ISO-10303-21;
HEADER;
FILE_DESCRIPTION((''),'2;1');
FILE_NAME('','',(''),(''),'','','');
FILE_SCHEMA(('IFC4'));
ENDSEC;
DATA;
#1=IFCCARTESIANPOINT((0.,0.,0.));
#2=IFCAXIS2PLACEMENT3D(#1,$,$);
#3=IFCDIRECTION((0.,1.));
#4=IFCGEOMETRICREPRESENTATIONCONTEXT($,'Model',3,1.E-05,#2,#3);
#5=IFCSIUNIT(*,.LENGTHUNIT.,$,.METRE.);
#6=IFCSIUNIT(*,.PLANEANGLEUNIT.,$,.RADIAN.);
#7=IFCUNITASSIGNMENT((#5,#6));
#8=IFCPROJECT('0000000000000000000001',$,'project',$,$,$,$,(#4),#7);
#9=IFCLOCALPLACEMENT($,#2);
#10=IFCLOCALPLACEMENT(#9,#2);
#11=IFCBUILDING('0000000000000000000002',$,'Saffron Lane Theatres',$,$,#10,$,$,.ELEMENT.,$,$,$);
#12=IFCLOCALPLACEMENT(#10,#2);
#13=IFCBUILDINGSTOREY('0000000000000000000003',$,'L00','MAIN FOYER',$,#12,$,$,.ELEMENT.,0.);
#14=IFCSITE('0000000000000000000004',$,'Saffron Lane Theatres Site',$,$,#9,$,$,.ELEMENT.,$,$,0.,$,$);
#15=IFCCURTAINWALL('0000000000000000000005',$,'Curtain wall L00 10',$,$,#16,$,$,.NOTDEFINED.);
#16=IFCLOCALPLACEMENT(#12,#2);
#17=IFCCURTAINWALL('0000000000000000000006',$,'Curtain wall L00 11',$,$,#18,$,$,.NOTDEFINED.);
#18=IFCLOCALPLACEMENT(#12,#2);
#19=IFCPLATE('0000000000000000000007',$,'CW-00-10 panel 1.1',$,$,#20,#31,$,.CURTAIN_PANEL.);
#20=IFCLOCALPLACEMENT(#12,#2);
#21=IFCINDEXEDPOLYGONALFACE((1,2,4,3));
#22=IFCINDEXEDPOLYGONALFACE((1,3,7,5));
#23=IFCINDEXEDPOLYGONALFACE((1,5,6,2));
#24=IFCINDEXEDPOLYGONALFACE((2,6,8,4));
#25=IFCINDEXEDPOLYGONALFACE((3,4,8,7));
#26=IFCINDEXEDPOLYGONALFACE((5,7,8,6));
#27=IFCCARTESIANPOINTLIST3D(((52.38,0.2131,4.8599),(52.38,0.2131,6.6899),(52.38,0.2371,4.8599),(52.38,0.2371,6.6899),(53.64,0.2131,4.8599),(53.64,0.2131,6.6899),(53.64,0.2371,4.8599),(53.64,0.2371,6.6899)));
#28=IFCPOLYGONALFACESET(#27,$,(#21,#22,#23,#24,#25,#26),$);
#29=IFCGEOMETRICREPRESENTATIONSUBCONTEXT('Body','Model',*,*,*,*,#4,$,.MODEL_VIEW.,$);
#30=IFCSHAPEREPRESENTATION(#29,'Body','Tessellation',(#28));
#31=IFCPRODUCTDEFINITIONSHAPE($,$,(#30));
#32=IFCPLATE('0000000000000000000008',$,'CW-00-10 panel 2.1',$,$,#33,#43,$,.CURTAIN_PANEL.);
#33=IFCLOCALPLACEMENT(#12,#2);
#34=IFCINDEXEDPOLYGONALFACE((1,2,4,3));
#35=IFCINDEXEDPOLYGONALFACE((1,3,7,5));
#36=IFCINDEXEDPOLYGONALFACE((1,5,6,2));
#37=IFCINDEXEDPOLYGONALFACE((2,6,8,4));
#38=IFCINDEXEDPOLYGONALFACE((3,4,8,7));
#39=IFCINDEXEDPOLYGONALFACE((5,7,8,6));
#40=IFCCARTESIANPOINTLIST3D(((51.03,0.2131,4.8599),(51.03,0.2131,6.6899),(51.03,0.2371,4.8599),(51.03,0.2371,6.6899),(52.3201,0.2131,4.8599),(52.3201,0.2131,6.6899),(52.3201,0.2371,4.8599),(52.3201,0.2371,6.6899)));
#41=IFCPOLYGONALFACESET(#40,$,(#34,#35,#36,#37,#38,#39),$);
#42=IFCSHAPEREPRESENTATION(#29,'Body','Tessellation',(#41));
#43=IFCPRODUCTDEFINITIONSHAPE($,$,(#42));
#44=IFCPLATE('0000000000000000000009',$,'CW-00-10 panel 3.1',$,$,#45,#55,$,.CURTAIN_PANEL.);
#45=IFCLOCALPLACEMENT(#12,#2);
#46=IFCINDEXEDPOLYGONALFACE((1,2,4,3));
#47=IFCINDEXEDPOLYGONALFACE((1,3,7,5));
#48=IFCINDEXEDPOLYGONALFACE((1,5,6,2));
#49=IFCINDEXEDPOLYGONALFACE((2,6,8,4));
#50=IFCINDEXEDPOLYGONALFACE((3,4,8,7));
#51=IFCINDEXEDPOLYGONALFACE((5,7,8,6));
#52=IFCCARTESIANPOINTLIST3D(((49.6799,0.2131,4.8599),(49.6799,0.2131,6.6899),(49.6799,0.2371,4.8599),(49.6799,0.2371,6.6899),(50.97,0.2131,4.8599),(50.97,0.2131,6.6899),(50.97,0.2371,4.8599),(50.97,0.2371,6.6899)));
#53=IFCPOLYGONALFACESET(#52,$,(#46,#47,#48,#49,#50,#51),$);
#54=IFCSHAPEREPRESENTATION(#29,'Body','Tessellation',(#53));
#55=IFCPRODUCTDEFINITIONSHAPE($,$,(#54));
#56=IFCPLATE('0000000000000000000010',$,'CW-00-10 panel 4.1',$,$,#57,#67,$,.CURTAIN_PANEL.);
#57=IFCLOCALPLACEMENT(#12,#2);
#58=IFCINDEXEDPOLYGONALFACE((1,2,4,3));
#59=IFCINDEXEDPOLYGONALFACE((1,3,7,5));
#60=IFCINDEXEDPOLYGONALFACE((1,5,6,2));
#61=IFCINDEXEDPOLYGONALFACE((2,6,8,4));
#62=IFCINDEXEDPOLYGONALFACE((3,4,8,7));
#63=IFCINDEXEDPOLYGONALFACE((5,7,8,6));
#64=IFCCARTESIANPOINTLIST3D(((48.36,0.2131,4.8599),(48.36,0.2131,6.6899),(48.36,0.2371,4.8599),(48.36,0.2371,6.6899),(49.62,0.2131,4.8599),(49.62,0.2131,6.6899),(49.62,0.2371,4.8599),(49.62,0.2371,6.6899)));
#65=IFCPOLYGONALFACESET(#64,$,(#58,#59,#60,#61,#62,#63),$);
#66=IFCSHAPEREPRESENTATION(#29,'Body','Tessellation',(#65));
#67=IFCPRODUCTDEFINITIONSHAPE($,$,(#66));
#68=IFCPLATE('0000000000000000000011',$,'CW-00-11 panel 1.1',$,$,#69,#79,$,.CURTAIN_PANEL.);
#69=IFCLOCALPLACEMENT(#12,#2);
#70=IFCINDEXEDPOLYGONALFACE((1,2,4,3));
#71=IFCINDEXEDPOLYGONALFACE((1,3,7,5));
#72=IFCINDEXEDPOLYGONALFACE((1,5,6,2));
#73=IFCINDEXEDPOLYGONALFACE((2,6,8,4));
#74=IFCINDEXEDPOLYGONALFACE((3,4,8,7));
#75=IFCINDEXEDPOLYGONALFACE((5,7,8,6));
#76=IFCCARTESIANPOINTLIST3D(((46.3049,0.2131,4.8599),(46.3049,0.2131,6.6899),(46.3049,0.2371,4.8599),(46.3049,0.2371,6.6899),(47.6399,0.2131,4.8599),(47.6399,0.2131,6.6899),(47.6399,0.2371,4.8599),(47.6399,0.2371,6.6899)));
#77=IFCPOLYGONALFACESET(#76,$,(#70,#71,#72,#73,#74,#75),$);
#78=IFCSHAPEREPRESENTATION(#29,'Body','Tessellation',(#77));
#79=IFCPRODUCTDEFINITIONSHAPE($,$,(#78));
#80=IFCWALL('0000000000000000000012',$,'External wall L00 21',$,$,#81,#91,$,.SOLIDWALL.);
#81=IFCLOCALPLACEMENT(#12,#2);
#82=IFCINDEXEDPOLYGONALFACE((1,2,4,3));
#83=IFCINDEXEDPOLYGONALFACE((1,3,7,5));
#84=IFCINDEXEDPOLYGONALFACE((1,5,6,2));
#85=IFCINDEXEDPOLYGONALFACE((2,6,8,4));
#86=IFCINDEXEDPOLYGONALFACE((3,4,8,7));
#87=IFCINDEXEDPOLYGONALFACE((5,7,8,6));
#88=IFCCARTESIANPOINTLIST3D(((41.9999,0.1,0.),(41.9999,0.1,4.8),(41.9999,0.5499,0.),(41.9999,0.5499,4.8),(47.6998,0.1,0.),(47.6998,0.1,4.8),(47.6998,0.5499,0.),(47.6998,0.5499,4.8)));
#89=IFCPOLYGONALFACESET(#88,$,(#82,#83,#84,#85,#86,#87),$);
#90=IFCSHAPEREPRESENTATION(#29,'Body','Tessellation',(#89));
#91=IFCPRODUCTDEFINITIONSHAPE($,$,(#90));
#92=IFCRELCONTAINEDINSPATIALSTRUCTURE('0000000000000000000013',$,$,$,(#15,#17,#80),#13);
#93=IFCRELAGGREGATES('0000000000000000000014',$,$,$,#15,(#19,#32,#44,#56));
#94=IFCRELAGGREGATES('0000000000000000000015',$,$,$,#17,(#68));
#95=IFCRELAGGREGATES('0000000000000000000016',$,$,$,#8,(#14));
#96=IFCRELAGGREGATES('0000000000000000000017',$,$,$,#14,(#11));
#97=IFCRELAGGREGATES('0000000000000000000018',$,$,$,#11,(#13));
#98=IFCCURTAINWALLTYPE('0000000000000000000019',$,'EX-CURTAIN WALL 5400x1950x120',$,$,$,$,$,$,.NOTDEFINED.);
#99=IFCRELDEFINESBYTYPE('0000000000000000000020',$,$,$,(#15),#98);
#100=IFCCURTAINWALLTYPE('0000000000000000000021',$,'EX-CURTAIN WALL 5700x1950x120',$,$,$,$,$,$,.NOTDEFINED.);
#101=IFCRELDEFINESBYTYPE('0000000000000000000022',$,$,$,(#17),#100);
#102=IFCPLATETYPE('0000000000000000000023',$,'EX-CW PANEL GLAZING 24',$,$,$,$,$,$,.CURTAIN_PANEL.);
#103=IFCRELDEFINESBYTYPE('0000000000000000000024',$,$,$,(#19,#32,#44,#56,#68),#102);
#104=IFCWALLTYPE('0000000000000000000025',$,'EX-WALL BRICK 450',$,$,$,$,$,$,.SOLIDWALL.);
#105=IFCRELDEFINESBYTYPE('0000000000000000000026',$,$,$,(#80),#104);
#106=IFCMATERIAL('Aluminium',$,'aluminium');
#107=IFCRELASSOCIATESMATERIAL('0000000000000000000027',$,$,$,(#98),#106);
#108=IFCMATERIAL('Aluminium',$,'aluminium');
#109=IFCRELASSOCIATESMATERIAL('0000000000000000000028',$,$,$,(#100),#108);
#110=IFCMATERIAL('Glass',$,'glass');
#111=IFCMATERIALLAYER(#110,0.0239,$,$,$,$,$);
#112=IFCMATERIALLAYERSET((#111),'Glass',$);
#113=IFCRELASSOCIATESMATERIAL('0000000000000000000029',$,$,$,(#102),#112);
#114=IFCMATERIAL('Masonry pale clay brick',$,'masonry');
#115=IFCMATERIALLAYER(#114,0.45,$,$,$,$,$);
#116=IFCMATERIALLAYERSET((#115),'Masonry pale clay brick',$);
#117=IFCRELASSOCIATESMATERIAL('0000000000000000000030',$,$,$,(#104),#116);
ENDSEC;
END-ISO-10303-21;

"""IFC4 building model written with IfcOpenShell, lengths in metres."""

from ifc_helpers import new_model, si_unit, direction, frame, frame_2d, origin, origin_2d, place, context, subcontext, project, spatial, rectangle, extrude, material, layer, layer_set, type_object, element, aggregate, save


model = new_model("IFC4")

# Units and contexts
model_context = context("Model", 3, precision=1e-05, world=origin(), true_north=direction((0.0, 1.0)))
body_context = subcontext(model_context, "Body", "Model", "MODEL_VIEW")
ifc_project = project(units=[si_unit("LENGTHUNIT", "METRE"), si_unit("PLANEANGLEUNIT", "RADIAN")], contexts=[model_context])

# Site, building, storey
site_placement = place(None, origin())
site = spatial("IfcSite", under=ifc_project, at=site_placement, Name="Saffron Lane Theatres Site", CompositionType="ELEMENT", RefElevation=0.0)
building_placement = place(site_placement, origin())
building = spatial("IfcBuilding", under=site, at=building_placement, Name="Saffron Lane Theatres", CompositionType="ELEMENT")
storey_placement = place(building_placement, origin())
storey = spatial("IfcBuildingStorey", under=building, at=storey_placement, Name="L00", Description="MAIN FOYER", CompositionType="ELEMENT", Elevation=0.0)

# Curtain walls
ifc_material_1 = material(Name="Aluminium", Category="aluminium")
curtain_wall_type_1 = type_object("IfcCurtainWallType", Name="EX-CURTAIN WALL 5400x1950x120", PredefinedType="NOTDEFINED", material=ifc_material_1)
curtain_wall_1_placement = place(storey_placement, origin())
curtain_wall_1 = element("IfcCurtainWall", 1, at=curtain_wall_1_placement, inside=storey, type_object=curtain_wall_type_1, Name="Curtain wall L00 10", PredefinedType="NOTDEFINED")
ifc_material_2 = material(Name="Aluminium", Category="aluminium")
curtain_wall_type_2 = type_object("IfcCurtainWallType", Name="EX-CURTAIN WALL 5700x1950x120", PredefinedType="NOTDEFINED", material=ifc_material_2)
curtain_wall_2_placement = place(storey_placement, origin())
curtain_wall_2 = element("IfcCurtainWall", 2, at=curtain_wall_2_placement, inside=storey, type_object=curtain_wall_type_2, Name="Curtain wall L00 11", PredefinedType="NOTDEFINED")

# Plates
ifc_material_3 = material(Name="Glass", Category="glass")
ifc_layer_1 = layer(ifc_material_3, 0.0239)
ifc_layer_set_1 = layer_set([ifc_layer_1], Name="Glass")
plate_type = type_object("IfcPlateType", Name="EX-CW PANEL GLAZING 24", PredefinedType="CURTAIN_PANEL", material=ifc_layer_set_1)
plate_1_placement = place(storey_placement, frame((53.01, 0.2251, 4.8599), z_axis=(0.0, 0.0, 1.0), x_axis=(-1.0, 0.0, 0.0)))
plate_1 = element("IfcPlate", 3, at=plate_1_placement, type_object=plate_type, Name="CW-00-10 panel 1.1", PredefinedType="CURTAIN_PANEL", context=body_context, shape_type="SweptSolid", body=[
    extrude(rectangle(XDim=1.26, YDim=0.0239, at=origin_2d()), origin(), (0.0, 0.0, 1.0), 1.8301),
])
plate_2_placement = place(storey_placement, frame((51.675, 0.2251, 4.8599), z_axis=(0.0, 0.0, 1.0), x_axis=(-1.0, 0.0, 0.0)))
plate_2 = element("IfcPlate", 4, at=plate_2_placement, type_object=plate_type, Name="CW-00-10 panel 2.1", PredefinedType="CURTAIN_PANEL", context=body_context, shape_type="SweptSolid", body=[
    extrude(rectangle(XDim=1.29, YDim=0.0239, at=origin_2d()), origin(), (0.0, 0.0, 1.0), 1.8301),
])
plate_3_placement = place(storey_placement, frame((50.325, 0.2251, 4.8599), z_axis=(0.0, 0.0, 1.0), x_axis=(-1.0, 0.0, 0.0)))
plate_3 = element("IfcPlate", 5, at=plate_3_placement, type_object=plate_type, Name="CW-00-10 panel 3.1", PredefinedType="CURTAIN_PANEL", context=body_context, shape_type="SweptSolid", body=[
    extrude(rectangle(XDim=1.29, YDim=0.0239, at=origin_2d()), origin(), (0.0, 0.0, 1.0), 1.8301),
])
plate_4_placement = place(storey_placement, frame((48.99, 0.2251, 4.8599), z_axis=(0.0, 0.0, 1.0), x_axis=(-1.0, 0.0, 0.0)))
plate_4 = element("IfcPlate", 6, at=plate_4_placement, type_object=plate_type, Name="CW-00-10 panel 4.1", PredefinedType="CURTAIN_PANEL", context=body_context, shape_type="SweptSolid", body=[
    extrude(rectangle(XDim=1.26, YDim=0.0239, at=origin_2d()), origin(), (0.0, 0.0, 1.0), 1.8301),
])
aggregate(curtain_wall_1, [plate_1, plate_2, plate_3, plate_4])
plate_5_placement = place(storey_placement, frame((46.9724, 0.2251, 4.8599), z_axis=(0.0, 0.0, 1.0), x_axis=(-1.0, 0.0, 0.0)))
plate_5 = element("IfcPlate", 7, at=plate_5_placement, type_object=plate_type, Name="CW-00-11 panel 1.1", PredefinedType="CURTAIN_PANEL", context=body_context, shape_type="SweptSolid", body=[
    extrude(rectangle(XDim=1.335, YDim=0.0239, at=origin_2d()), origin(), (0.0, 0.0, 1.0), 1.8301),
])
aggregate(curtain_wall_2, [plate_5])

# Wall
ifc_material_4 = material(Name="Masonry pale clay brick", Category="masonry")
ifc_layer_2 = layer(ifc_material_4, 0.45)
ifc_layer_set_2 = layer_set([ifc_layer_2], Name="Masonry pale clay brick")
wall_type = type_object("IfcWallType", Name="EX-WALL BRICK 450", PredefinedType="SOLIDWALL", material=ifc_layer_set_2)
wall_placement = place(storey_placement, frame((47.7, 0.325, 0.0), z_axis=(0.0, 0.0, 1.0), x_axis=(-1.0, 0.0, 0.0)))
element("IfcWall", 8, at=wall_placement, inside=storey, type_object=wall_type, Name="External wall L00 21", PredefinedType="SOLIDWALL", context=body_context, shape_type="SweptSolid", body=[
    extrude(rectangle(XDim=5.7, YDim=0.45, at=frame_2d((2.8501, 0.0))), origin(), (0.0, 0.0, 1.0), 4.8),
])

save(model, "model.ifc")
